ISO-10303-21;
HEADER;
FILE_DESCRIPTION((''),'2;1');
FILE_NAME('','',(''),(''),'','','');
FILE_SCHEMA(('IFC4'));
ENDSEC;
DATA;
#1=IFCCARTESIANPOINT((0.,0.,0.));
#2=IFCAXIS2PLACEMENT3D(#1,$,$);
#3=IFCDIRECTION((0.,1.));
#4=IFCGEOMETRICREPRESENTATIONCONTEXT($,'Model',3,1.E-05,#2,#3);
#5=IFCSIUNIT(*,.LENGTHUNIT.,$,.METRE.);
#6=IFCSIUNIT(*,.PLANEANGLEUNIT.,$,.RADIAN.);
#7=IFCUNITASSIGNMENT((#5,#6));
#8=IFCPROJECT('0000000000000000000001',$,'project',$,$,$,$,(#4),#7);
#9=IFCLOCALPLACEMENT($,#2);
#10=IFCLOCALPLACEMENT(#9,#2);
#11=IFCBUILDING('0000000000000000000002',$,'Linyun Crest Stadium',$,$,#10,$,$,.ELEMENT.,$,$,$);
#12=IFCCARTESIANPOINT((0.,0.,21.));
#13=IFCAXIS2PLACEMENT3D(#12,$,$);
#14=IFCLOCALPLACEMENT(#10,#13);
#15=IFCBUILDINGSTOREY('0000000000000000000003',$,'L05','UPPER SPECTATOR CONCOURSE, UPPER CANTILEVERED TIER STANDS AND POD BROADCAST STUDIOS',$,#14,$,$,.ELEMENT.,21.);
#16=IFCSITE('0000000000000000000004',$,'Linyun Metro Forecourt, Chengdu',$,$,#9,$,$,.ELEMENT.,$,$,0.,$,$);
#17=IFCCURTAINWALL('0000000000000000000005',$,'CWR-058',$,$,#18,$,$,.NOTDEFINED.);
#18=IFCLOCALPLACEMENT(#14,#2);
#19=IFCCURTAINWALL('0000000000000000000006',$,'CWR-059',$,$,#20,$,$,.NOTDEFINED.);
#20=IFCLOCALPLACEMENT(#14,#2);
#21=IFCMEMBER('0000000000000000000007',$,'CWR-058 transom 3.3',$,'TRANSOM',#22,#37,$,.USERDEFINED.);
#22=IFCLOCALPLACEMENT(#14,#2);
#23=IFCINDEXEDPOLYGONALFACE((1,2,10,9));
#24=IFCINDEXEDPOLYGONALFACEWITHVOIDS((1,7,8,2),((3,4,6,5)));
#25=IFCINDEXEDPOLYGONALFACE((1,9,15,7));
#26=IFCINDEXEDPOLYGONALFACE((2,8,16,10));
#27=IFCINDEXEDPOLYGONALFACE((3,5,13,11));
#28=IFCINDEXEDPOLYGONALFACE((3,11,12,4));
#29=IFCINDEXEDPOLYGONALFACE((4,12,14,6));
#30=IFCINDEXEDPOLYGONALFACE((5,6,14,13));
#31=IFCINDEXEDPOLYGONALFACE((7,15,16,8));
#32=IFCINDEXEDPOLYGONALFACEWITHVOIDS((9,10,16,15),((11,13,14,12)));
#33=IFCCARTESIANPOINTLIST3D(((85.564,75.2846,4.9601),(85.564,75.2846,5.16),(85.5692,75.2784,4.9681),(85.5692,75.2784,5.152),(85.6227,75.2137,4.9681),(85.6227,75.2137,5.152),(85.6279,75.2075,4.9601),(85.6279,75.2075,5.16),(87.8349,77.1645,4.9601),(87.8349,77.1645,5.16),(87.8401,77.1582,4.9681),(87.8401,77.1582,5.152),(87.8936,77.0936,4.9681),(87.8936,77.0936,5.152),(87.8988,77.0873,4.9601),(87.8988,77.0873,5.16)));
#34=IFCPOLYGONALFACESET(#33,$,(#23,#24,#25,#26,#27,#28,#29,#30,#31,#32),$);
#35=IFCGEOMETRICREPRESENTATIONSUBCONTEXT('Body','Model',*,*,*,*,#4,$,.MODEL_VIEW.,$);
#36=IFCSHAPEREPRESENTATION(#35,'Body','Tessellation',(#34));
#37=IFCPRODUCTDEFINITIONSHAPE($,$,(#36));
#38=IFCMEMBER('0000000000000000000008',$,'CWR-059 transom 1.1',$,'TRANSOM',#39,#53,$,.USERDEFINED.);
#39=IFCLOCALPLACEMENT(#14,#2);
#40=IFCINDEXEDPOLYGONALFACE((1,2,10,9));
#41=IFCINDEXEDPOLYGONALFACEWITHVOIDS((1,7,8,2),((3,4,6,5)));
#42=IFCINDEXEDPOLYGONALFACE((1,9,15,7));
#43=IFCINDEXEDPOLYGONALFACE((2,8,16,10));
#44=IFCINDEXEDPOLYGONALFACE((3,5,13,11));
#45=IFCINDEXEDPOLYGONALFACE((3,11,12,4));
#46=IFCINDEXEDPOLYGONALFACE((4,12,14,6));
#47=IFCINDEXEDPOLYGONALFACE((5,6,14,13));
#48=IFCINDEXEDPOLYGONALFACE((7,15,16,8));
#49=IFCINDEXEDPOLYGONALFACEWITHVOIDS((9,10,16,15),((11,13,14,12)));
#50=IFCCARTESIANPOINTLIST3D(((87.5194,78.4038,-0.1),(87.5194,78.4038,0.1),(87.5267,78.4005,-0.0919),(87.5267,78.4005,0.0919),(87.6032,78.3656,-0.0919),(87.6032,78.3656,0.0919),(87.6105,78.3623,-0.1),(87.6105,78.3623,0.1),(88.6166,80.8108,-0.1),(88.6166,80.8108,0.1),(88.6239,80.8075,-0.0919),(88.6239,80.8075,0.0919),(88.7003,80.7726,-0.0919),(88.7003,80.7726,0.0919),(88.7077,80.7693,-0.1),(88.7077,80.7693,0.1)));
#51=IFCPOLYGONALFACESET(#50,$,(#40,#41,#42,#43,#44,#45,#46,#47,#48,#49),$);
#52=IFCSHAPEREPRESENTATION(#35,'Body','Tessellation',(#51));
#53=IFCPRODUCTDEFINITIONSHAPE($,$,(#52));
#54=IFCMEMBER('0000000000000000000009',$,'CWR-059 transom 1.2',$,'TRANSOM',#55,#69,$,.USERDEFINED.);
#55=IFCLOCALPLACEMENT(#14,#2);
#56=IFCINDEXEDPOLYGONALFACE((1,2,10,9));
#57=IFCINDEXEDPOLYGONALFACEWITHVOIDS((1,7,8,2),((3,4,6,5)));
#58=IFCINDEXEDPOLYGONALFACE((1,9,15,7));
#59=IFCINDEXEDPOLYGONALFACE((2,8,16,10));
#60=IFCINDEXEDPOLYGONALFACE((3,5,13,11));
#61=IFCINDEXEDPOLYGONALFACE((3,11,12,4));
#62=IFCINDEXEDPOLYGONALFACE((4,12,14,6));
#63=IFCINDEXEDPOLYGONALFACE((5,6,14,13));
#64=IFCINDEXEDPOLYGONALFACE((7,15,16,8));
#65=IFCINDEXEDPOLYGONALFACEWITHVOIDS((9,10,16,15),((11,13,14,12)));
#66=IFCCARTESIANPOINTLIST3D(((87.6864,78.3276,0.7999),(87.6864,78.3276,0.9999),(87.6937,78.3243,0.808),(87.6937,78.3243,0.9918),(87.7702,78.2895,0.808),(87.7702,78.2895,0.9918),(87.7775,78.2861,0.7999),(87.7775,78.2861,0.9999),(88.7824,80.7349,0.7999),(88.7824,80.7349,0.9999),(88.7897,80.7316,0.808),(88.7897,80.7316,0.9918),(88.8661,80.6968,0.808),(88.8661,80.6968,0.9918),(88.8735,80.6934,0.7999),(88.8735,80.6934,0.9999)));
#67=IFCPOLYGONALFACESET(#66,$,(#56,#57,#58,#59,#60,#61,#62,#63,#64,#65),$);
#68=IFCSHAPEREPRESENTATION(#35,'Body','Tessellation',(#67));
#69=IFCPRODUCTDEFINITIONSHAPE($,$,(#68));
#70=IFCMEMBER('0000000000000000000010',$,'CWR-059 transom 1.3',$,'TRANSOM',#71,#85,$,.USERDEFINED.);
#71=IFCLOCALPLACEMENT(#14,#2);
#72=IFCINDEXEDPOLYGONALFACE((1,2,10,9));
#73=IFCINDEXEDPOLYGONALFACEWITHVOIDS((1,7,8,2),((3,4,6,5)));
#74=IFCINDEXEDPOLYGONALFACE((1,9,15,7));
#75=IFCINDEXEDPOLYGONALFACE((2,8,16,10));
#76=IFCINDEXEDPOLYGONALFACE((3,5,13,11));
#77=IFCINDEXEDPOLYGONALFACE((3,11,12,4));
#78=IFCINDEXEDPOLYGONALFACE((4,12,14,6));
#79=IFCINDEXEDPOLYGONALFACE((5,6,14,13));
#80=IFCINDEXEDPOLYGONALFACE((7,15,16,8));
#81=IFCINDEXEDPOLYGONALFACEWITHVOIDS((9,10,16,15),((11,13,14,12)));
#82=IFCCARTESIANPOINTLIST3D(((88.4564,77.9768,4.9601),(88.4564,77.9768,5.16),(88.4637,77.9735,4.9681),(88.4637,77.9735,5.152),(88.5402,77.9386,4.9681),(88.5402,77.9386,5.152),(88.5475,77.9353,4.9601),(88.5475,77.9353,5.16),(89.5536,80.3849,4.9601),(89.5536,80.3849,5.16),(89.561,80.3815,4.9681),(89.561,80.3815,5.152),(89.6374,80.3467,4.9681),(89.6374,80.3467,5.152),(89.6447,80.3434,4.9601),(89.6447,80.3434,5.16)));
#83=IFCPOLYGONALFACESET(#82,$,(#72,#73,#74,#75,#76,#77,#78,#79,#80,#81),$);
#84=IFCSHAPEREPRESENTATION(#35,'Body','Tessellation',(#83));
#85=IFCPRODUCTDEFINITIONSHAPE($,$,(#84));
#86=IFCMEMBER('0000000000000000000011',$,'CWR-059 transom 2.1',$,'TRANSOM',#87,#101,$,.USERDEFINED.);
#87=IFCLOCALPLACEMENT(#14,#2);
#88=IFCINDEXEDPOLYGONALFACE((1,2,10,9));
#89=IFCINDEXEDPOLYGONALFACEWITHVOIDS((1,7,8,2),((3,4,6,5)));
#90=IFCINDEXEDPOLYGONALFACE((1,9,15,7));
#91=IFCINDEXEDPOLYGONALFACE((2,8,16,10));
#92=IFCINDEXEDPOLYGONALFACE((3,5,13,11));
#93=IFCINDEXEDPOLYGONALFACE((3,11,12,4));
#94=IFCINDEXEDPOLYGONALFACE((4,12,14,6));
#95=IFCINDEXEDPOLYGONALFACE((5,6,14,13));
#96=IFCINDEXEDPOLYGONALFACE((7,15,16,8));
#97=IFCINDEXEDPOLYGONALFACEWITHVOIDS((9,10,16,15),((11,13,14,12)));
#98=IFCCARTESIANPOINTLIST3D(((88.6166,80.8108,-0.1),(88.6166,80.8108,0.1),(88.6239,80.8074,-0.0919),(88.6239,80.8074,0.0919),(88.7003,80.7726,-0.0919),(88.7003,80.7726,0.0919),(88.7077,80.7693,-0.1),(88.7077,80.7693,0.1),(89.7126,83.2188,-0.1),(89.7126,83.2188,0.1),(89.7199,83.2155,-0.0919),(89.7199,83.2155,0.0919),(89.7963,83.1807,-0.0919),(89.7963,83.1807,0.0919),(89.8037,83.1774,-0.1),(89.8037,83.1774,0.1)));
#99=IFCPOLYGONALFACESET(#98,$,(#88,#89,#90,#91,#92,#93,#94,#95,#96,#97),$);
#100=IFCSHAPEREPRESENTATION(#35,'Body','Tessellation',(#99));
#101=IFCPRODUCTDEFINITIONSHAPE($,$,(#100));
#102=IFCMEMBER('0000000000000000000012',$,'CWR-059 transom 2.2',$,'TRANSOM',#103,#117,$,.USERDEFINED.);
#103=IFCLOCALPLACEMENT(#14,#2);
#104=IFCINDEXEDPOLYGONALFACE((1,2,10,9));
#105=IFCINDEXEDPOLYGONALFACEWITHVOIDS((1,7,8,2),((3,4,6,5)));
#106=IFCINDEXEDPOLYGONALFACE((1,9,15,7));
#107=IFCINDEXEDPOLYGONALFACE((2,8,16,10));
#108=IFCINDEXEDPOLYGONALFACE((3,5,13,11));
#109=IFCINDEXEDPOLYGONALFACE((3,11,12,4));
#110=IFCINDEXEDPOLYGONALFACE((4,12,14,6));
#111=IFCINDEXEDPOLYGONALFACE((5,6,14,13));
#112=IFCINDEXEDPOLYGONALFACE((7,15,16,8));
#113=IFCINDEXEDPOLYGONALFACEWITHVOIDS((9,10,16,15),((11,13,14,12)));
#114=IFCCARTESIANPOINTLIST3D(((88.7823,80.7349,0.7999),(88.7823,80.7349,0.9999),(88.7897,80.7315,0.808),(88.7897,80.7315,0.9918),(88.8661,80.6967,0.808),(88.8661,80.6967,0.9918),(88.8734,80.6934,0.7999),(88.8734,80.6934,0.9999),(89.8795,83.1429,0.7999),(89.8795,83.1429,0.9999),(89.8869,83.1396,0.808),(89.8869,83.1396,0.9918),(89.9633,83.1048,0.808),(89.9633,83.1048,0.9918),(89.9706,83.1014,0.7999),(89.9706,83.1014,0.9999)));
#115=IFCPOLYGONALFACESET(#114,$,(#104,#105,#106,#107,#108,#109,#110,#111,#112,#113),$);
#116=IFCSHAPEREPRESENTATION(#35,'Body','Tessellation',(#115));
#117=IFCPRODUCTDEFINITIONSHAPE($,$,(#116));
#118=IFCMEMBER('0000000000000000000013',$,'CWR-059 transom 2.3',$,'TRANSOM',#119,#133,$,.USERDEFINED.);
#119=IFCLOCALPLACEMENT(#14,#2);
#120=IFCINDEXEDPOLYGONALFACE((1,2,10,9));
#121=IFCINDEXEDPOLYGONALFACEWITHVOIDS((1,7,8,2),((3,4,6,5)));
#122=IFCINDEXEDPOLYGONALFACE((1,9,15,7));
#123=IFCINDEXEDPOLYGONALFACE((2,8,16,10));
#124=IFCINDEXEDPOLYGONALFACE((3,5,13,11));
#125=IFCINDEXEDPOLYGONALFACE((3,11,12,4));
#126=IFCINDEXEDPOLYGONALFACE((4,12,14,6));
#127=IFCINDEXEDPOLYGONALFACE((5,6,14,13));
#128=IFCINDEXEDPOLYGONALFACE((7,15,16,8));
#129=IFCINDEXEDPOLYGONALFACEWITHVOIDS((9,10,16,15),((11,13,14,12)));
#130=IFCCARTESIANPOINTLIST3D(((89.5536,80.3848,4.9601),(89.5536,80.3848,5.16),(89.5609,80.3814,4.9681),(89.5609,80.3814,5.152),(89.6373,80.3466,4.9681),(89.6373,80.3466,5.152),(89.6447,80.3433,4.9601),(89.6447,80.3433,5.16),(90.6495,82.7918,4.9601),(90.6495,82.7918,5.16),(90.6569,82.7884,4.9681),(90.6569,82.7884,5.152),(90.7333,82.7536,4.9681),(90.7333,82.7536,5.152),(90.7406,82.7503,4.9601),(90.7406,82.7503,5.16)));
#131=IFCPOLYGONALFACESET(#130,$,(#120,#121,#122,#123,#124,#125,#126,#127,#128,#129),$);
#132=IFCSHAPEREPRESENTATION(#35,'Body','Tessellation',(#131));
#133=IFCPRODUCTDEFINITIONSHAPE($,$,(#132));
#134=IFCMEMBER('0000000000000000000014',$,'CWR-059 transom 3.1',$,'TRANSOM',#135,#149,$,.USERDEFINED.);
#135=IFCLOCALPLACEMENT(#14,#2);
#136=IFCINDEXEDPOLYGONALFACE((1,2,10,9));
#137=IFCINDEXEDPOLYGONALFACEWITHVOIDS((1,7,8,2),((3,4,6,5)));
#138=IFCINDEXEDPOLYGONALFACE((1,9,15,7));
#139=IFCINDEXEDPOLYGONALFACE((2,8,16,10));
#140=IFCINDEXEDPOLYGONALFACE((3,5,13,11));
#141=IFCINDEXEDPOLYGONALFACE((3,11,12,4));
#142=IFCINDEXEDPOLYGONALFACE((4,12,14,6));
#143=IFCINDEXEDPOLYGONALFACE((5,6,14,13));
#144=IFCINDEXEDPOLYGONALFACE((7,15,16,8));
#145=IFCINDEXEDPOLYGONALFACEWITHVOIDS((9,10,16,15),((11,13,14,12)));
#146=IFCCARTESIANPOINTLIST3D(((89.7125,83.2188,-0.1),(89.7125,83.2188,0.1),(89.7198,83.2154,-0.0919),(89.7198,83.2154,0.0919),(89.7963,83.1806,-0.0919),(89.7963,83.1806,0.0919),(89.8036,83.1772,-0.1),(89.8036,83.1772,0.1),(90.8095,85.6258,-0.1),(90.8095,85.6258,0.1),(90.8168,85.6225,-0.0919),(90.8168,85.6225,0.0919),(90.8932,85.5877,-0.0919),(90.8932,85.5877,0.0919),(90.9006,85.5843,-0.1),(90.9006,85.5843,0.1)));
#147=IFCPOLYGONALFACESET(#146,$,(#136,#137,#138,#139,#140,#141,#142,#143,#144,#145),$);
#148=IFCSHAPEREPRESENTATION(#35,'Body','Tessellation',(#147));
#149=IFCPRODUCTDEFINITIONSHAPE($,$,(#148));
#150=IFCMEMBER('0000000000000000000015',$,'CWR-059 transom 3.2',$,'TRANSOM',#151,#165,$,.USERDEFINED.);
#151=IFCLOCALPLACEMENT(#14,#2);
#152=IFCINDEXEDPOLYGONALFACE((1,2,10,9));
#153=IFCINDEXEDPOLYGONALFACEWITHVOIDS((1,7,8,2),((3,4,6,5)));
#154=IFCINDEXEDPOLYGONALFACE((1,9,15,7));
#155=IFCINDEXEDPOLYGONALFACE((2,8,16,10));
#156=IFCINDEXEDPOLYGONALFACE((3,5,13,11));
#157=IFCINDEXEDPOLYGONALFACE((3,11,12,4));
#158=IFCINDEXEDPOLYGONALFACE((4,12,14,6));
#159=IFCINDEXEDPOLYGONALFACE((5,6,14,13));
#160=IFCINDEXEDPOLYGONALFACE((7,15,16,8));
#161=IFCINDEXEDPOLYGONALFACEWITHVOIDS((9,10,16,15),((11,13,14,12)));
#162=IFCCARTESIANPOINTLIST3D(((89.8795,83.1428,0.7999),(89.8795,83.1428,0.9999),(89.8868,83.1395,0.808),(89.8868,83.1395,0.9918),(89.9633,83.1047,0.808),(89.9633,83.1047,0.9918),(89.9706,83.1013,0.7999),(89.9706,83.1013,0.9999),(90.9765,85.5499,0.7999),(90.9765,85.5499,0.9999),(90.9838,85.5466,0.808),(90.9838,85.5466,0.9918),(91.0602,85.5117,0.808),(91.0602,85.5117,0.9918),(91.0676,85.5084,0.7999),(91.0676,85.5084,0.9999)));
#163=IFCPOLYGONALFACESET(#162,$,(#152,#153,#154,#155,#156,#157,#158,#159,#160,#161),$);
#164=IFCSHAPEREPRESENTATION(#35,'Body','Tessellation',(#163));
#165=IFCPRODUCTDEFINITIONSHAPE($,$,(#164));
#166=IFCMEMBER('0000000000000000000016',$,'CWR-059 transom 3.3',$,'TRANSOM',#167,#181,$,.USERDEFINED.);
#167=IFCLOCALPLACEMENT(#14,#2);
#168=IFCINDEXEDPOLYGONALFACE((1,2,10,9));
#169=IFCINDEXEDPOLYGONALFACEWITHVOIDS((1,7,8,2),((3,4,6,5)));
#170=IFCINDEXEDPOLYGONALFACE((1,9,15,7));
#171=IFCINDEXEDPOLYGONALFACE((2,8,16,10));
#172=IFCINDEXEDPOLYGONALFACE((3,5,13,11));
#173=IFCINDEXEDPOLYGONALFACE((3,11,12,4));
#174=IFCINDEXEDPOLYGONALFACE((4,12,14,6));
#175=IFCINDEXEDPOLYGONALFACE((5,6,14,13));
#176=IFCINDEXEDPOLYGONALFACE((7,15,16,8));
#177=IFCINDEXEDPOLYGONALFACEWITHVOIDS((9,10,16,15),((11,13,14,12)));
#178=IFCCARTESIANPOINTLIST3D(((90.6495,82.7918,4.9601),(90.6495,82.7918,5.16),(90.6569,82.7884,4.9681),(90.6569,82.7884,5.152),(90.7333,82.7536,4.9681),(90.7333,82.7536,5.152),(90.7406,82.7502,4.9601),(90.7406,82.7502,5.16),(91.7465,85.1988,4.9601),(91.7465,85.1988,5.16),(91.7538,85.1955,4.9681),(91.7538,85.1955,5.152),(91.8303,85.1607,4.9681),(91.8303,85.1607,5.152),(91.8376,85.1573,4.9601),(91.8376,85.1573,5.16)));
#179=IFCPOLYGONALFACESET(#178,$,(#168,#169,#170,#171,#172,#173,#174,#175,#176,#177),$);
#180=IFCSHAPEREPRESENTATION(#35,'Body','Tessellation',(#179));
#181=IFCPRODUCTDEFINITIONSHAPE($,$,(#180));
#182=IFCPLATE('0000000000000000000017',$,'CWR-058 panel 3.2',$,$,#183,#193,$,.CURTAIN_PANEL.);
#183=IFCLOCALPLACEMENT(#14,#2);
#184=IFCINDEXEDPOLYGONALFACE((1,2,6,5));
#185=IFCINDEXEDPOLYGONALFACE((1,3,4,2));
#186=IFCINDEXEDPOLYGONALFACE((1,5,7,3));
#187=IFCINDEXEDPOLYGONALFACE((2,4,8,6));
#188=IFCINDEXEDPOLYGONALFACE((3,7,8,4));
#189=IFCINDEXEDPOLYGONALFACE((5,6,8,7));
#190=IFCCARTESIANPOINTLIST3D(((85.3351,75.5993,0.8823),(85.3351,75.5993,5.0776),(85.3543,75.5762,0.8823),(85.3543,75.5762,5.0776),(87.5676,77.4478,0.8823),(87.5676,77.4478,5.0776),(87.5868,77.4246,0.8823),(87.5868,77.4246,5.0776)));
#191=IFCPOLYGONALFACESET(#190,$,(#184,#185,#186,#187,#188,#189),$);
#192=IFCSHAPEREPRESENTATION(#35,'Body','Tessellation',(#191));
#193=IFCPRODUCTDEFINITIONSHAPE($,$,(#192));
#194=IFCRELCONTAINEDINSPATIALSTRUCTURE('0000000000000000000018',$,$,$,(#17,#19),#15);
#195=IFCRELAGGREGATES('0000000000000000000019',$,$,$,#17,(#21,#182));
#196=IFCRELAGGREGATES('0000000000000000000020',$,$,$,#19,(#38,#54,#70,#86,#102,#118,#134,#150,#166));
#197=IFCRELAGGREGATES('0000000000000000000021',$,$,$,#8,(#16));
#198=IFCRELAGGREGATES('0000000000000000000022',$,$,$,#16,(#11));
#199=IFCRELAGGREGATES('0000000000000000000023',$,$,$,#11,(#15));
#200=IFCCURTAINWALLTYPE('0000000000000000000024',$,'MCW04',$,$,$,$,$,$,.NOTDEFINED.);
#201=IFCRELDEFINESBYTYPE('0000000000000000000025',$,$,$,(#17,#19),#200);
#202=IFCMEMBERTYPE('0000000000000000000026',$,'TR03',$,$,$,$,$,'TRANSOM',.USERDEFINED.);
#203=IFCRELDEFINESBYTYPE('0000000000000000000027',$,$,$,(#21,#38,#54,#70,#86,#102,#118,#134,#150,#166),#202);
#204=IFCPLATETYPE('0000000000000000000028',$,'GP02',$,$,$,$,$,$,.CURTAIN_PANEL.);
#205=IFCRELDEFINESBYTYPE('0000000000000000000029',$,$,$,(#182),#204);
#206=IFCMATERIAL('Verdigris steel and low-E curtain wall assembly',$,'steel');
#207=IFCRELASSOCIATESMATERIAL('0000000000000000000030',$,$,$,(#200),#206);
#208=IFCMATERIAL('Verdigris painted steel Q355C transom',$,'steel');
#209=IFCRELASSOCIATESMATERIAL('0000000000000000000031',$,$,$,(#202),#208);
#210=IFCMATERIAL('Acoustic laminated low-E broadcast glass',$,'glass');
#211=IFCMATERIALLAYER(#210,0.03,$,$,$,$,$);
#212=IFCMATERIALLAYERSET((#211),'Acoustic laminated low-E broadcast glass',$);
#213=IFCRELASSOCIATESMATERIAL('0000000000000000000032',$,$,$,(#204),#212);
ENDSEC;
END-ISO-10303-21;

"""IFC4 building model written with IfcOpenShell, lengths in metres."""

from ifc_helpers import new_model, si_unit, direction, frame, origin, origin_2d, place, context, subcontext, project, spatial, rectangle, hollow_rectangle, extrude, material, layer, layer_set, material_profile, profile_set, type_object, element, aggregate, save


model = new_model("IFC4")

# Units and contexts
model_context = context("Model", 3, precision=1e-05, world=origin(), true_north=direction((0.0, 1.0)))
body_context = subcontext(model_context, "Body", "Model", "MODEL_VIEW")
ifc_project = project(units=[si_unit("LENGTHUNIT", "METRE"), si_unit("PLANEANGLEUNIT", "RADIAN")], contexts=[model_context])

# Site, building, storey
site_placement = place(None, origin())
site = spatial("IfcSite", under=ifc_project, at=site_placement, Name="Linyun Metro Forecourt, Chengdu", CompositionType="ELEMENT", RefElevation=0.0)
building_placement = place(site_placement, origin())
building = spatial("IfcBuilding", under=site, at=building_placement, Name="Linyun Crest Stadium", CompositionType="ELEMENT")
storey_placement = place(building_placement, frame((0.0, 0.0, 21.0)))
storey = spatial("IfcBuildingStorey", under=building, at=storey_placement, Name="L05", Description="UPPER SPECTATOR CONCOURSE, UPPER CANTILEVERED TIER STANDS AND POD BROADCAST STUDIOS", CompositionType="ELEMENT", Elevation=21.0)

# Curtain wall
ifc_material_1 = material(Name="Verdigris steel and low-E curtain wall assembly", Category="steel")
curtain_wall_type = type_object("IfcCurtainWallType", Name="MCW04", PredefinedType="NOTDEFINED", material=ifc_material_1)
curtain_wall_1_placement = place(storey_placement, origin())
curtain_wall_1 = element("IfcCurtainWall", 1, at=curtain_wall_1_placement, inside=storey, type_object=curtain_wall_type, Name="CWR-058", PredefinedType="NOTDEFINED")

# Curtain wall
curtain_wall_2_placement = place(storey_placement, origin())
curtain_wall_2 = element("IfcCurtainWall", 2, at=curtain_wall_2_placement, inside=storey, type_object=curtain_wall_type, Name="CWR-059", PredefinedType="NOTDEFINED")

# Members
ifc_material_2 = material(Name="Verdigris painted steel Q355C transom", Category="steel")
ifc_material_profile_1 = material_profile(ifc_material_2, hollow_rectangle(XDim=0.1001, YDim=0.2, WallThickness=0.0081, at=origin_2d()), Name="RHS 200x100x8")
ifc_profile_set_1 = profile_set([ifc_material_profile_1], Name="Verdigris painted steel Q355C transom")
member_type_1 = type_object("IfcMemberType", Name="TR03", ElementType="TRANSOM", PredefinedType="USERDEFINED", material=ifc_profile_set_1)
member_1_placement = place(storey_placement, frame((85.5959, 75.2461, 5.0601), z_axis=(0.770321, 0.637656, 0.0), x_axis=(-0.637656, 0.770321, 0.0)))
member_1 = element("IfcMember", 3, at=member_1_placement, type_object=member_type_1, Name="CWR-058 transom 3.3", ObjectType="TRANSOM", PredefinedType="USERDEFINED", context=body_context, shape_type="SweptSolid", body=[
    extrude(hollow_rectangle(XDim=0.1001, YDim=0.2, WallThickness=0.0081, at=origin_2d()), origin(), (0.0, 0.0, 1.0), 2.948),
])
member_2_placement = place(storey_placement, frame((87.5649, 78.3831, 0.0), z_axis=(0.414769, 0.909927, 0.0), x_axis=(-0.909927, 0.414769, 0.0)))
member_2 = element("IfcMember", 4, at=member_2_placement, type_object=member_type_1, Name="CWR-059 transom 1.1", ObjectType="TRANSOM", PredefinedType="USERDEFINED", context=body_context, shape_type="SweptSolid", body=[
    extrude(hollow_rectangle(XDim=0.1001, YDim=0.2, WallThickness=0.0081, at=origin_2d()), origin(), (0.0, 0.0, 1.0), 2.6453),
])
member_3_placement = place(storey_placement, frame((87.7319, 78.3069, 0.8999), z_axis=(0.414352, 0.910117, 0.0), x_axis=(-0.910117, 0.414352, 0.0)))
member_3 = element("IfcMember", 5, at=member_3_placement, type_object=member_type_1, Name="CWR-059 transom 1.2", ObjectType="TRANSOM", PredefinedType="USERDEFINED", context=body_context, shape_type="SweptSolid", body=[
    extrude(hollow_rectangle(XDim=0.1001, YDim=0.2, WallThickness=0.0081, at=origin_2d()), origin(), (0.0, 0.0, 1.0), 2.645),
])
member_4_placement = place(storey_placement, frame((88.502, 77.9561, 5.0601), z_axis=(0.41463, 0.90999, 0.0), x_axis=(-0.90999, 0.41463, 0.0)))
member_4 = element("IfcMember", 6, at=member_4_placement, type_object=member_type_1, Name="CWR-059 transom 1.3", ObjectType="TRANSOM", PredefinedType="USERDEFINED", context=body_context, shape_type="SweptSolid", body=[
    extrude(hollow_rectangle(XDim=0.1001, YDim=0.2, WallThickness=0.0081, at=origin_2d()), origin(), (0.0, 0.0, 1.0), 2.6462),
])
member_5_placement = place(storey_placement, frame((88.6621, 80.79, 0.0), z_axis=(0.414248, 0.910164, 0.0), x_axis=(-0.910164, 0.414248, 0.0)))
member_5 = element("IfcMember", 7, at=member_5_placement, type_object=member_type_1, Name="CWR-059 transom 2.1", ObjectType="TRANSOM", PredefinedType="USERDEFINED", context=body_context, shape_type="SweptSolid", body=[
    extrude(hollow_rectangle(XDim=0.1001, YDim=0.2, WallThickness=0.0081, at=origin_2d()), origin(), (0.0, 0.0, 1.0), 2.6458),
])
member_6_placement = place(storey_placement, frame((88.8279, 80.7141, 0.8999), z_axis=(0.41463, 0.90999, 0.0), x_axis=(-0.90999, 0.41463, 0.0)))
member_6 = element("IfcMember", 8, at=member_6_placement, type_object=member_type_1, Name="CWR-059 transom 2.2", ObjectType="TRANSOM", PredefinedType="USERDEFINED", context=body_context, shape_type="SweptSolid", body=[
    extrude(hollow_rectangle(XDim=0.1001, YDim=0.2, WallThickness=0.0081, at=origin_2d()), origin(), (0.0, 0.0, 1.0), 2.6462),
])
member_7_placement = place(storey_placement, frame((89.5991, 80.364, 5.0601), z_axis=(0.414387, 0.910101, 0.0), x_axis=(-0.910101, 0.414387, 0.0)))
member_7 = element("IfcMember", 9, at=member_7_placement, type_object=member_type_1, Name="CWR-059 transom 2.3", ObjectType="TRANSOM", PredefinedType="USERDEFINED", context=body_context, shape_type="SweptSolid", body=[
    extrude(hollow_rectangle(XDim=0.1001, YDim=0.2, WallThickness=0.0081, at=origin_2d()), origin(), (0.0, 0.0, 1.0), 2.6448),
])
member_8_placement = place(storey_placement, frame((89.7581, 83.198, 0.0), z_axis=(0.414693, 0.909961, 0.0), x_axis=(-0.909961, 0.414693, 0.0)))
member_8 = element("IfcMember", 10, at=member_8_placement, type_object=member_type_1, Name="CWR-059 transom 3.1", ObjectType="TRANSOM", PredefinedType="USERDEFINED", context=body_context, shape_type="SweptSolid", body=[
    extrude(hollow_rectangle(XDim=0.1001, YDim=0.2, WallThickness=0.0081, at=origin_2d()), origin(), (0.0, 0.0, 1.0), 2.6453),
])
member_9_placement = place(storey_placement, frame((89.925, 83.1221, 0.8999), z_axis=(0.414693, 0.909961, 0.0), x_axis=(-0.909961, 0.414693, 0.0)))
member_9 = element("IfcMember", 11, at=member_9_placement, type_object=member_type_1, Name="CWR-059 transom 3.2", ObjectType="TRANSOM", PredefinedType="USERDEFINED", context=body_context, shape_type="SweptSolid", body=[
    extrude(hollow_rectangle(XDim=0.1001, YDim=0.2, WallThickness=0.0081, at=origin_2d()), origin(), (0.0, 0.0, 1.0), 2.6453),
])
member_10_placement = place(storey_placement, frame((90.6951, 82.771, 5.0601), z_axis=(0.414693, 0.909961, 0.0), x_axis=(-0.909961, 0.414693, 0.0)))
member_10 = element("IfcMember", 12, at=member_10_placement, type_object=member_type_1, Name="CWR-059 transom 3.3", ObjectType="TRANSOM", PredefinedType="USERDEFINED", context=body_context, shape_type="SweptSolid", body=[
    extrude(hollow_rectangle(XDim=0.1001, YDim=0.2, WallThickness=0.0081, at=origin_2d()), origin(), (0.0, 0.0, 1.0), 2.6453),
])

# Plate
ifc_material_3 = material(Name="Acoustic laminated low-E broadcast glass", Category="glass")
ifc_layer_1 = layer(ifc_material_3, 0.03)
ifc_layer_set_1 = layer_set([ifc_layer_1], Name="Acoustic laminated low-E broadcast glass")
plate_type_1 = type_object("IfcPlateType", Name="GP02", PredefinedType="CURTAIN_PANEL", material=ifc_layer_set_1)
plate_1_placement = place(storey_placement, frame((86.4609, 76.512, 0.8823), z_axis=(0.0, 0.0, 1.0), x_axis=(0.770246, 0.637747, 0.0)))
plate_1 = element("IfcPlate", 13, at=plate_1_placement, type_object=plate_type_1, Name="CWR-058 panel 3.2", PredefinedType="CURTAIN_PANEL", context=body_context, shape_type="SweptSolid", body=[
    extrude(rectangle(XDim=2.8984, YDim=0.03, at=origin_2d()), origin(), (0.0, 0.0, 1.0), 4.1953),
])
aggregate(curtain_wall_1, [member_1, plate_1])
aggregate(curtain_wall_2, [member_2, member_3, member_4, member_5, member_6, member_7, member_8, member_9, member_10])

save(model, "model.ifc")
